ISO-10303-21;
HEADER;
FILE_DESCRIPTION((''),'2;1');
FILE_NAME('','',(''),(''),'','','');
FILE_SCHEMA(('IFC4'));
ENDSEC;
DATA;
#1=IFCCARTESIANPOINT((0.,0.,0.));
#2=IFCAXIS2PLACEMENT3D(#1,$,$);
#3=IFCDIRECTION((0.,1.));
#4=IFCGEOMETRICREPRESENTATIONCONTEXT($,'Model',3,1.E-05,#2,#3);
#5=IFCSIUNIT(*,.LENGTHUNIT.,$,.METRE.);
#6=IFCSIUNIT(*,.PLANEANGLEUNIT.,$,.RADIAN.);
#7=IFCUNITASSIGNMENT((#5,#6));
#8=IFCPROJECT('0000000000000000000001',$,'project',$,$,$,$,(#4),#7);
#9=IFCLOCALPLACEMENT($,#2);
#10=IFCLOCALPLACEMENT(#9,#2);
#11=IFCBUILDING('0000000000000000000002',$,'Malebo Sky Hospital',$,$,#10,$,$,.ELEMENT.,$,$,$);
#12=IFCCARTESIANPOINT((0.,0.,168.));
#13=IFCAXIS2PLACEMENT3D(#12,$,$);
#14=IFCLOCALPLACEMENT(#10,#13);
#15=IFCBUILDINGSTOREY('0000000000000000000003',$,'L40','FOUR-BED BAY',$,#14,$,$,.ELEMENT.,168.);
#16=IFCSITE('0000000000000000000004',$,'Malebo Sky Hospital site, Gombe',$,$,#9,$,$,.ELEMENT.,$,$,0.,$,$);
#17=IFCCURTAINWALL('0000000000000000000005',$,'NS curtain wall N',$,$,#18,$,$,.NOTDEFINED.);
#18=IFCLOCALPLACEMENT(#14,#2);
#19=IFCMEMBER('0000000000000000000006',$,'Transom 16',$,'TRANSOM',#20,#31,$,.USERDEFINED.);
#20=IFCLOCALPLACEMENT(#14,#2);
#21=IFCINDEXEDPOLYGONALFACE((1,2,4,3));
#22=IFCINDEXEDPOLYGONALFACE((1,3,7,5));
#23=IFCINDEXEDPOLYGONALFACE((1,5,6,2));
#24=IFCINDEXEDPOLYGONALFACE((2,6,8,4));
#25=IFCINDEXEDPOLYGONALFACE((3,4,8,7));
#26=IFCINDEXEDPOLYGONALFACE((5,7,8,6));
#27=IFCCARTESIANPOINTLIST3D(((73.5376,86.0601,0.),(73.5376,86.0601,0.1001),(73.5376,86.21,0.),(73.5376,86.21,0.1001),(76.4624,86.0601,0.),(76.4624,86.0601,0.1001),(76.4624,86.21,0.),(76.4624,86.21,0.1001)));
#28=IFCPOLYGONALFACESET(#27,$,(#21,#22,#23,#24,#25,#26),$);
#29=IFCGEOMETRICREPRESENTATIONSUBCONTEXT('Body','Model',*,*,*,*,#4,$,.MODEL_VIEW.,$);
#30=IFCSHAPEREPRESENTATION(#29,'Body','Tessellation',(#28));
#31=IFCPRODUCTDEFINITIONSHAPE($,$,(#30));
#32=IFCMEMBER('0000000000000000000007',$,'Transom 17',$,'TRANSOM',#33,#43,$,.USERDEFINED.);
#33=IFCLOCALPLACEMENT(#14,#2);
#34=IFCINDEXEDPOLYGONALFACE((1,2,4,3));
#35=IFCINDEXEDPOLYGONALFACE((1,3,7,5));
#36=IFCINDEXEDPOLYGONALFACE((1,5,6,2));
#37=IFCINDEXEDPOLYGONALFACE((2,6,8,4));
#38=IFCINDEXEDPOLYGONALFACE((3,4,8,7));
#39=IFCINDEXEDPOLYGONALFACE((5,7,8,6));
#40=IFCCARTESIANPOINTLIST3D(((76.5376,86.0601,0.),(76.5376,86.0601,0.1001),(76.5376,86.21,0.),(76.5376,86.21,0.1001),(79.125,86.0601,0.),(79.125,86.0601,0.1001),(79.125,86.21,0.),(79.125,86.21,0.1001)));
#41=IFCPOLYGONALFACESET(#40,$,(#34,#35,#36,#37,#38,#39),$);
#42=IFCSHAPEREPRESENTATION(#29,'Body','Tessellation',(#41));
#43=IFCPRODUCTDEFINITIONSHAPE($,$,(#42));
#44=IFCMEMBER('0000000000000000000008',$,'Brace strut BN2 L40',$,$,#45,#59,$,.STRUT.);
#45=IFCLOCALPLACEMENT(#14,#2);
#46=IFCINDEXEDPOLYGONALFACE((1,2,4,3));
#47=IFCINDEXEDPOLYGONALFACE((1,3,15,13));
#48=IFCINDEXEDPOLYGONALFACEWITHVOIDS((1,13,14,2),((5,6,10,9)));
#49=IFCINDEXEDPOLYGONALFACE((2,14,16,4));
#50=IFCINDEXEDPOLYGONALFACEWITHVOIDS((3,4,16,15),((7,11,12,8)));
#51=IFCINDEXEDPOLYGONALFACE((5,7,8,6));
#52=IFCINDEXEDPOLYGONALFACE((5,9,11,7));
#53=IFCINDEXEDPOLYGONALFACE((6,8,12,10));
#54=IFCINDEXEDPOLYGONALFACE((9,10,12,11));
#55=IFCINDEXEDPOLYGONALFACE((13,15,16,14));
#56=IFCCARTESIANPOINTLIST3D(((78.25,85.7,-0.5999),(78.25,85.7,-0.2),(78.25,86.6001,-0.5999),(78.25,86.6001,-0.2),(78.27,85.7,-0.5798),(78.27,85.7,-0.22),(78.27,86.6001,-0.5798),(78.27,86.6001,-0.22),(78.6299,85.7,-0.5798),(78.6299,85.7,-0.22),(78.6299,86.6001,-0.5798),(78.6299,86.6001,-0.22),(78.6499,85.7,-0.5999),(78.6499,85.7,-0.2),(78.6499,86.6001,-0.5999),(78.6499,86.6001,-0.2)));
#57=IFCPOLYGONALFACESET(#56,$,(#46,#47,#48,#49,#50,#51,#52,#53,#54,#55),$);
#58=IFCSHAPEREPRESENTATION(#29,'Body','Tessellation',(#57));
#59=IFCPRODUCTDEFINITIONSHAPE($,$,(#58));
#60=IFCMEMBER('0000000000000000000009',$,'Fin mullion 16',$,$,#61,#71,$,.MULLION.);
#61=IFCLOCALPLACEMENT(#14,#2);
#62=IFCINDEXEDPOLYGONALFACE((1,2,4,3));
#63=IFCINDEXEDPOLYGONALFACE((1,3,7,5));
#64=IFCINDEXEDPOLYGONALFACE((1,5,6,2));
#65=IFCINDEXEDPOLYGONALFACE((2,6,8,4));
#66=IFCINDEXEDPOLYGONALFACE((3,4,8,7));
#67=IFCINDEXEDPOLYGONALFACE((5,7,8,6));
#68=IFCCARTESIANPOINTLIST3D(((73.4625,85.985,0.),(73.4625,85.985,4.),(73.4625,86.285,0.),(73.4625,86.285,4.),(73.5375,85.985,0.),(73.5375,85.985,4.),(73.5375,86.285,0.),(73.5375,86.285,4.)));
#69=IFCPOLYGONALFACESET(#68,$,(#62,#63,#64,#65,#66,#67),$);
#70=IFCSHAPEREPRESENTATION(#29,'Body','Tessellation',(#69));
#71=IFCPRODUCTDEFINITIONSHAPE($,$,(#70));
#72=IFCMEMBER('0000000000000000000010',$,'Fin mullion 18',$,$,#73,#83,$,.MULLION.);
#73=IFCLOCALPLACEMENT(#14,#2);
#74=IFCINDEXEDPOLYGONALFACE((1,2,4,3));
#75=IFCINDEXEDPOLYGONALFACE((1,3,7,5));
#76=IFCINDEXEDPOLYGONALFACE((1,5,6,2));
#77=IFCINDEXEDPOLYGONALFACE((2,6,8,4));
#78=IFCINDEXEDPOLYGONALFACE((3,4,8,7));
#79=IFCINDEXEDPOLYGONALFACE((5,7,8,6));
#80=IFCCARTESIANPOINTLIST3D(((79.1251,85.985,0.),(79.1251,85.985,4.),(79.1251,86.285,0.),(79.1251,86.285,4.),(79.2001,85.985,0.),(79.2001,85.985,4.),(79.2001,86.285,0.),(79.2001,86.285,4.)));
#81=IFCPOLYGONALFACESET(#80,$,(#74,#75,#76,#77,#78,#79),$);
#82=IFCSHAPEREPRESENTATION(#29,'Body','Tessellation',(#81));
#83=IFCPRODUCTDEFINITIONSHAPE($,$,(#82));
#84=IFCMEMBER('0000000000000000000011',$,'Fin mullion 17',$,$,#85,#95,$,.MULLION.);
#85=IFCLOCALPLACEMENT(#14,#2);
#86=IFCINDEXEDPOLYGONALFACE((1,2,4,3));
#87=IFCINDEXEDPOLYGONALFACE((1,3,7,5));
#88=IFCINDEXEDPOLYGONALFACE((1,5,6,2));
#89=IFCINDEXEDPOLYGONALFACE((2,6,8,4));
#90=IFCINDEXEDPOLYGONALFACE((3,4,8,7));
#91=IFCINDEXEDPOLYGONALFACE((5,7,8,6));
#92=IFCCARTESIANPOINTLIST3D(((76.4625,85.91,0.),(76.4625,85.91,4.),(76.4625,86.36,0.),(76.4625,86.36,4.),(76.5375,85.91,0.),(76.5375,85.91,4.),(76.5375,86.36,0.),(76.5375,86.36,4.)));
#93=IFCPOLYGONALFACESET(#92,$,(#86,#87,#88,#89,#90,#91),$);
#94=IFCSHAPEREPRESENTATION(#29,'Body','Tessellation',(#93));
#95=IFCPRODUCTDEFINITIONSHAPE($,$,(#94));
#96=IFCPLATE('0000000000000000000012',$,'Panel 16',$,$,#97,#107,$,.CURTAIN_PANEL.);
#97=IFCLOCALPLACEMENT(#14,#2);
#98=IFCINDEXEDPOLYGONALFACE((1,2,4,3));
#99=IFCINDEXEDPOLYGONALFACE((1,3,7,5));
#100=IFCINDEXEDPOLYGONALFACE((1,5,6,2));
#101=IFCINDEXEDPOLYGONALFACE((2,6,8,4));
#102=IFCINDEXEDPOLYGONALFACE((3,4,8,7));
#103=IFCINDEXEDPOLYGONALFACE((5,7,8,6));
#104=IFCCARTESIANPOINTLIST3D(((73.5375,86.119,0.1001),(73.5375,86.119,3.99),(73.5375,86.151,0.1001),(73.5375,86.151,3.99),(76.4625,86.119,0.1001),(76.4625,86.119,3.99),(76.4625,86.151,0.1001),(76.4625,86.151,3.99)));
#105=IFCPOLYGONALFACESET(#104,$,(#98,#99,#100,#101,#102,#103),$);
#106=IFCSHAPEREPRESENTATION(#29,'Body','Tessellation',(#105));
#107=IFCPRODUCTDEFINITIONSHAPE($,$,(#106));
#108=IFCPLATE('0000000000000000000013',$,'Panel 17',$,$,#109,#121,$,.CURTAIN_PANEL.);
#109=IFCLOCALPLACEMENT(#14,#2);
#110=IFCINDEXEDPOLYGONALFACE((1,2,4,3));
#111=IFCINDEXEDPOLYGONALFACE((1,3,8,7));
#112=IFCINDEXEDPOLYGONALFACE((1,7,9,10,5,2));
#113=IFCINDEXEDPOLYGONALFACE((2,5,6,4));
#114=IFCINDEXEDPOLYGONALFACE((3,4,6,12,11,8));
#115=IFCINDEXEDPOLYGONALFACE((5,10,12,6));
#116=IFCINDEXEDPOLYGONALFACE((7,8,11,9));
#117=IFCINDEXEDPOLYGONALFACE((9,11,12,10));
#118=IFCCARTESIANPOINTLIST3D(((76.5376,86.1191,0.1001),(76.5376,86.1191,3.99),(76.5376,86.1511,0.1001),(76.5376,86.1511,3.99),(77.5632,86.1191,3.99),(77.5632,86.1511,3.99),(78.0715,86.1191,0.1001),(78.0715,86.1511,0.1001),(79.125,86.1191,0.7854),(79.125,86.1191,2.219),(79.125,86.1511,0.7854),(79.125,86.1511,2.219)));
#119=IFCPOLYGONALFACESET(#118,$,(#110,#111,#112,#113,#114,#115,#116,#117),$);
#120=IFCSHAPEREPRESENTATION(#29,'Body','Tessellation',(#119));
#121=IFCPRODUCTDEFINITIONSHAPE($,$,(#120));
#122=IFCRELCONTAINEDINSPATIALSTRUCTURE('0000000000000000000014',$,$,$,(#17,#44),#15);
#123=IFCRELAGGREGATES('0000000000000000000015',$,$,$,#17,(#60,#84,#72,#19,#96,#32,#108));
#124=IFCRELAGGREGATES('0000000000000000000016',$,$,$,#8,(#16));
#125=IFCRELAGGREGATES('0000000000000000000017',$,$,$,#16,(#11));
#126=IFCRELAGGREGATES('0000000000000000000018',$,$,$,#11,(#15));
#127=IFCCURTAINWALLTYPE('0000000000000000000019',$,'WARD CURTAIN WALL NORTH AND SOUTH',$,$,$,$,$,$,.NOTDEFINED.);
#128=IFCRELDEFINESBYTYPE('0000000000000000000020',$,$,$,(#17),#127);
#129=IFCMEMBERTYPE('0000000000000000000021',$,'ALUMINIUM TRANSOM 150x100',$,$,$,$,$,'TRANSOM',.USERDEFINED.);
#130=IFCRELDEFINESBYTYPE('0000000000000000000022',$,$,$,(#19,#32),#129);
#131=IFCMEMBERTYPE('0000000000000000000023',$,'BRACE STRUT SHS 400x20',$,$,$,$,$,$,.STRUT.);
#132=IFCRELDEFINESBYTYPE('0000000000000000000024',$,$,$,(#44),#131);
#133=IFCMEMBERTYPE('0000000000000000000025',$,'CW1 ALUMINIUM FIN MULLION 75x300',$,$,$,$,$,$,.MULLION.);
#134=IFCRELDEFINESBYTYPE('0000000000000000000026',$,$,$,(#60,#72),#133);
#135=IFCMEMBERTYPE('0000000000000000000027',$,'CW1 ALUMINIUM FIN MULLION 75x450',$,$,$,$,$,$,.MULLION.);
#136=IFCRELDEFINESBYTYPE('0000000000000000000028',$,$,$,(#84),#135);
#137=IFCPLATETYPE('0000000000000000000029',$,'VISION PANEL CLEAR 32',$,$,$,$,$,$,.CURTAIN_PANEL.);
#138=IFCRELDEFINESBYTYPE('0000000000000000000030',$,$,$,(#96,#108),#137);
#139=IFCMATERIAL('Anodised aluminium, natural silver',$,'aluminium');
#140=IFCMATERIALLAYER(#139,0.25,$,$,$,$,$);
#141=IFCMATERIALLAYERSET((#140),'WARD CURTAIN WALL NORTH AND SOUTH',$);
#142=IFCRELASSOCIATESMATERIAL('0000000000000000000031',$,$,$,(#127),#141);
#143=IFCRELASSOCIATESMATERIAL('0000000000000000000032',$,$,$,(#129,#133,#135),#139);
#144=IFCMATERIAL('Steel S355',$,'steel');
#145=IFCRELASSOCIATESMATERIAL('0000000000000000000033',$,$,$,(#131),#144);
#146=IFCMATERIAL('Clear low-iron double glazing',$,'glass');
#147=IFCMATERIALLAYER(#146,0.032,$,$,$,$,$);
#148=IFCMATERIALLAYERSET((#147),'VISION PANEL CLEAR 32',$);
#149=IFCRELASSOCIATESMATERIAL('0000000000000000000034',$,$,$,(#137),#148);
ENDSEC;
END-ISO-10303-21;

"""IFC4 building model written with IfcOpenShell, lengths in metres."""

from ifc_helpers import new_model, si_unit, direction, frame, origin, origin_2d, place, context, subcontext, project, spatial, polyline, rectangle, hollow_rectangle, outline, extrude, material, layer, layer_set, material_profile, profile_set, type_object, element, aggregate, save


model = new_model("IFC4")

# Units and contexts
model_context = context("Model", 3, precision=1e-05, world=origin(), true_north=direction((0.0, 1.0)))
body_context = subcontext(model_context, "Body", "Model", "MODEL_VIEW")
ifc_project = project(units=[si_unit("LENGTHUNIT", "METRE"), si_unit("PLANEANGLEUNIT", "RADIAN")], contexts=[model_context])

# Site, building, storey
site_placement = place(None, origin())
site = spatial("IfcSite", under=ifc_project, at=site_placement, Name="Malebo Sky Hospital site, Gombe", CompositionType="ELEMENT", RefElevation=0.0)
building_placement = place(site_placement, origin())
building = spatial("IfcBuilding", under=site, at=building_placement, Name="Malebo Sky Hospital", CompositionType="ELEMENT")
storey_placement = place(building_placement, frame((0.0, 0.0, 168.0)))
storey = spatial("IfcBuildingStorey", under=building, at=storey_placement, Name="L40", Description="FOUR-BED BAY", CompositionType="ELEMENT", Elevation=168.0)

# Curtain wall, members
ifc_material_1 = material(Name="Anodised aluminium, natural silver", Category="aluminium")
ifc_layer_1 = layer(ifc_material_1, 0.25)
ifc_layer_set_1 = layer_set([ifc_layer_1], Name="WARD CURTAIN WALL NORTH AND SOUTH")
curtain_wall_type = type_object("IfcCurtainWallType", Name="WARD CURTAIN WALL NORTH AND SOUTH", PredefinedType="NOTDEFINED", material=ifc_layer_set_1)
curtain_wall_placement = place(storey_placement, origin())
curtain_wall = element("IfcCurtainWall", 1, at=curtain_wall_placement, inside=storey, type_object=curtain_wall_type, Name="NS curtain wall N", PredefinedType="NOTDEFINED")
ifc_material_profile_1 = material_profile(ifc_material_1, rectangle(XDim=0.1499, YDim=0.1001, at=origin_2d()), Name="ALUMINIUM TRANSOM 150x100")
ifc_profile_set_1 = profile_set([ifc_material_profile_1], Name="Anodised aluminium, natural silver")
member_type_1 = type_object("IfcMemberType", Name="ALUMINIUM TRANSOM 150x100", ElementType="TRANSOM", PredefinedType="USERDEFINED", material=ifc_profile_set_1)
member_1_placement = place(storey_placement, frame((73.5376, 86.135, 0.05), z_axis=(1.0, 0.0, 0.0), x_axis=(0.0, 1.0, 0.0)))
member_1 = element("IfcMember", 2, at=member_1_placement, type_object=member_type_1, Name="Transom 16", ObjectType="TRANSOM", PredefinedType="USERDEFINED", context=body_context, shape_type="SweptSolid", body=[
    extrude(rectangle(XDim=0.1499, YDim=0.1001, at=origin_2d()), origin(), (0.0, 0.0, 1.0), 2.9248),
])
member_2_placement = place(storey_placement, frame((76.5376, 86.135, 0.05), z_axis=(1.0, 0.0, 0.0), x_axis=(0.0, 1.0, 0.0)))
member_2 = element("IfcMember", 3, at=member_2_placement, type_object=member_type_1, Name="Transom 17", ObjectType="TRANSOM", PredefinedType="USERDEFINED", context=body_context, shape_type="SweptSolid", body=[
    extrude(rectangle(XDim=0.1499, YDim=0.1001, at=origin_2d()), origin(), (0.0, 0.0, 1.0), 2.5874),
])

# Members
ifc_material_2 = material(Name="Steel S355", Category="steel")
ifc_material_profile_2 = material_profile(ifc_material_2, hollow_rectangle(XDim=0.3999, YDim=0.3999, WallThickness=0.02, at=origin_2d()), Name="SHS 400x20")
ifc_profile_set_2 = profile_set([ifc_material_profile_2], Name="Steel S355")
member_type_2 = type_object("IfcMemberType", Name="BRACE STRUT SHS 400x20", PredefinedType="STRUT", material=ifc_profile_set_2)
member_3_placement = place(storey_placement, frame((78.45, 86.6001, -0.3999), z_axis=(0.0, -1.0, 0.0), x_axis=(1.0, 0.0, 0.0)))
element("IfcMember", 4, at=member_3_placement, inside=storey, type_object=member_type_2, Name="Brace strut BN2 L40", PredefinedType="STRUT", context=body_context, shape_type="SweptSolid", body=[
    extrude(hollow_rectangle(XDim=0.3999, YDim=0.3999, WallThickness=0.02, at=origin_2d()), origin(), (0.0, 0.0, 1.0), 0.9001),
])
ifc_material_profile_3 = material_profile(ifc_material_1, rectangle(XDim=0.075, YDim=0.3, at=origin_2d()), Name="CW1 ALUMINIUM FIN MULLION 75x300")
ifc_profile_set_3 = profile_set([ifc_material_profile_3], Name="Anodised aluminium, natural silver")
member_type_3 = type_object("IfcMemberType", Name="CW1 ALUMINIUM FIN MULLION 75x300", PredefinedType="MULLION", material=ifc_profile_set_3)
member_4_placement = place(storey_placement, frame((73.5, 86.135, 0.0), z_axis=(0.0, 0.0, 1.0), x_axis=(1.0, 0.0, 0.0)))
member_4 = element("IfcMember", 5, at=member_4_placement, type_object=member_type_3, Name="Fin mullion 16", PredefinedType="MULLION", context=body_context, shape_type="SweptSolid", body=[
    extrude(rectangle(XDim=0.075, YDim=0.3, at=origin_2d()), origin(), (0.0, 0.0, 1.0), 4.0),
])
member_5_placement = place(storey_placement, frame((79.1626, 86.135, 0.0), z_axis=(0.0, 0.0, 1.0), x_axis=(1.0, 0.0, 0.0)))
member_5 = element("IfcMember", 6, at=member_5_placement, type_object=member_type_3, Name="Fin mullion 18", PredefinedType="MULLION", context=body_context, shape_type="SweptSolid", body=[
    extrude(rectangle(XDim=0.075, YDim=0.3, at=origin_2d()), origin(), (0.0, 0.0, 1.0), 4.0),
])
ifc_material_profile_4 = material_profile(ifc_material_1, rectangle(XDim=0.075, YDim=0.45, at=origin_2d()), Name="CW1 ALUMINIUM FIN MULLION 75x450")
ifc_profile_set_4 = profile_set([ifc_material_profile_4], Name="Anodised aluminium, natural silver")
member_type_4 = type_object("IfcMemberType", Name="CW1 ALUMINIUM FIN MULLION 75x450", PredefinedType="MULLION", material=ifc_profile_set_4)
member_6_placement = place(storey_placement, frame((76.5, 86.135, 0.0), z_axis=(0.0, 0.0, 1.0), x_axis=(1.0, 0.0, 0.0)))
member_6 = element("IfcMember", 7, at=member_6_placement, type_object=member_type_4, Name="Fin mullion 17", PredefinedType="MULLION", context=body_context, shape_type="SweptSolid", body=[
    extrude(rectangle(XDim=0.075, YDim=0.45, at=origin_2d()), origin(), (0.0, 0.0, 1.0), 4.0),
])

# Plates
ifc_material_3 = material(Name="Clear low-iron double glazing", Category="glass")
ifc_layer_2 = layer(ifc_material_3, 0.032)
ifc_layer_set_2 = layer_set([ifc_layer_2], Name="VISION PANEL CLEAR 32")
plate_type = type_object("IfcPlateType", Name="VISION PANEL CLEAR 32", PredefinedType="CURTAIN_PANEL", material=ifc_layer_set_2)
plate_1_placement = place(storey_placement, frame((75.0, 86.135, 0.1001), z_axis=(0.0, 0.0, 1.0), x_axis=(1.0, 0.0, 0.0)))
plate_1 = element("IfcPlate", 8, at=plate_1_placement, type_object=plate_type, Name="Panel 16", PredefinedType="CURTAIN_PANEL", context=body_context, shape_type="SweptSolid", body=[
    extrude(rectangle(XDim=2.925, YDim=0.032, at=origin_2d()), origin(), (0.0, 0.0, 1.0), 3.8899),
])
plate_2_placement = place(storey_placement, frame((77.8313, 86.135, 0.1001), z_axis=(0.0, 0.0, 1.0), x_axis=(1.0, 0.0, 0.0)))
plate_2 = element("IfcPlate", 9, at=plate_2_placement, type_object=plate_type, Name="Panel 17", PredefinedType="CURTAIN_PANEL", context=body_context, shape_type="SweptSolid", body=[
    extrude(outline(polyline([(-1.2937, 0.0), (0.2402, 0.0), (1.2937, 0.6853), (1.2937, 2.1189), (-0.2681, 3.8899), (-1.2937, 3.8899), (-1.2937, 0.0)])), frame((0.0, 0.0161, 0.0), z_axis=(0.0, -1.0, 0.0), x_axis=(1.0, 0.0, 0.0)), (0.0, 0.0, 1.0), 0.032),
])
aggregate(curtain_wall, [member_4, member_6, member_5, member_1, plate_1, member_2, plate_2])

save(model, "model.ifc")
